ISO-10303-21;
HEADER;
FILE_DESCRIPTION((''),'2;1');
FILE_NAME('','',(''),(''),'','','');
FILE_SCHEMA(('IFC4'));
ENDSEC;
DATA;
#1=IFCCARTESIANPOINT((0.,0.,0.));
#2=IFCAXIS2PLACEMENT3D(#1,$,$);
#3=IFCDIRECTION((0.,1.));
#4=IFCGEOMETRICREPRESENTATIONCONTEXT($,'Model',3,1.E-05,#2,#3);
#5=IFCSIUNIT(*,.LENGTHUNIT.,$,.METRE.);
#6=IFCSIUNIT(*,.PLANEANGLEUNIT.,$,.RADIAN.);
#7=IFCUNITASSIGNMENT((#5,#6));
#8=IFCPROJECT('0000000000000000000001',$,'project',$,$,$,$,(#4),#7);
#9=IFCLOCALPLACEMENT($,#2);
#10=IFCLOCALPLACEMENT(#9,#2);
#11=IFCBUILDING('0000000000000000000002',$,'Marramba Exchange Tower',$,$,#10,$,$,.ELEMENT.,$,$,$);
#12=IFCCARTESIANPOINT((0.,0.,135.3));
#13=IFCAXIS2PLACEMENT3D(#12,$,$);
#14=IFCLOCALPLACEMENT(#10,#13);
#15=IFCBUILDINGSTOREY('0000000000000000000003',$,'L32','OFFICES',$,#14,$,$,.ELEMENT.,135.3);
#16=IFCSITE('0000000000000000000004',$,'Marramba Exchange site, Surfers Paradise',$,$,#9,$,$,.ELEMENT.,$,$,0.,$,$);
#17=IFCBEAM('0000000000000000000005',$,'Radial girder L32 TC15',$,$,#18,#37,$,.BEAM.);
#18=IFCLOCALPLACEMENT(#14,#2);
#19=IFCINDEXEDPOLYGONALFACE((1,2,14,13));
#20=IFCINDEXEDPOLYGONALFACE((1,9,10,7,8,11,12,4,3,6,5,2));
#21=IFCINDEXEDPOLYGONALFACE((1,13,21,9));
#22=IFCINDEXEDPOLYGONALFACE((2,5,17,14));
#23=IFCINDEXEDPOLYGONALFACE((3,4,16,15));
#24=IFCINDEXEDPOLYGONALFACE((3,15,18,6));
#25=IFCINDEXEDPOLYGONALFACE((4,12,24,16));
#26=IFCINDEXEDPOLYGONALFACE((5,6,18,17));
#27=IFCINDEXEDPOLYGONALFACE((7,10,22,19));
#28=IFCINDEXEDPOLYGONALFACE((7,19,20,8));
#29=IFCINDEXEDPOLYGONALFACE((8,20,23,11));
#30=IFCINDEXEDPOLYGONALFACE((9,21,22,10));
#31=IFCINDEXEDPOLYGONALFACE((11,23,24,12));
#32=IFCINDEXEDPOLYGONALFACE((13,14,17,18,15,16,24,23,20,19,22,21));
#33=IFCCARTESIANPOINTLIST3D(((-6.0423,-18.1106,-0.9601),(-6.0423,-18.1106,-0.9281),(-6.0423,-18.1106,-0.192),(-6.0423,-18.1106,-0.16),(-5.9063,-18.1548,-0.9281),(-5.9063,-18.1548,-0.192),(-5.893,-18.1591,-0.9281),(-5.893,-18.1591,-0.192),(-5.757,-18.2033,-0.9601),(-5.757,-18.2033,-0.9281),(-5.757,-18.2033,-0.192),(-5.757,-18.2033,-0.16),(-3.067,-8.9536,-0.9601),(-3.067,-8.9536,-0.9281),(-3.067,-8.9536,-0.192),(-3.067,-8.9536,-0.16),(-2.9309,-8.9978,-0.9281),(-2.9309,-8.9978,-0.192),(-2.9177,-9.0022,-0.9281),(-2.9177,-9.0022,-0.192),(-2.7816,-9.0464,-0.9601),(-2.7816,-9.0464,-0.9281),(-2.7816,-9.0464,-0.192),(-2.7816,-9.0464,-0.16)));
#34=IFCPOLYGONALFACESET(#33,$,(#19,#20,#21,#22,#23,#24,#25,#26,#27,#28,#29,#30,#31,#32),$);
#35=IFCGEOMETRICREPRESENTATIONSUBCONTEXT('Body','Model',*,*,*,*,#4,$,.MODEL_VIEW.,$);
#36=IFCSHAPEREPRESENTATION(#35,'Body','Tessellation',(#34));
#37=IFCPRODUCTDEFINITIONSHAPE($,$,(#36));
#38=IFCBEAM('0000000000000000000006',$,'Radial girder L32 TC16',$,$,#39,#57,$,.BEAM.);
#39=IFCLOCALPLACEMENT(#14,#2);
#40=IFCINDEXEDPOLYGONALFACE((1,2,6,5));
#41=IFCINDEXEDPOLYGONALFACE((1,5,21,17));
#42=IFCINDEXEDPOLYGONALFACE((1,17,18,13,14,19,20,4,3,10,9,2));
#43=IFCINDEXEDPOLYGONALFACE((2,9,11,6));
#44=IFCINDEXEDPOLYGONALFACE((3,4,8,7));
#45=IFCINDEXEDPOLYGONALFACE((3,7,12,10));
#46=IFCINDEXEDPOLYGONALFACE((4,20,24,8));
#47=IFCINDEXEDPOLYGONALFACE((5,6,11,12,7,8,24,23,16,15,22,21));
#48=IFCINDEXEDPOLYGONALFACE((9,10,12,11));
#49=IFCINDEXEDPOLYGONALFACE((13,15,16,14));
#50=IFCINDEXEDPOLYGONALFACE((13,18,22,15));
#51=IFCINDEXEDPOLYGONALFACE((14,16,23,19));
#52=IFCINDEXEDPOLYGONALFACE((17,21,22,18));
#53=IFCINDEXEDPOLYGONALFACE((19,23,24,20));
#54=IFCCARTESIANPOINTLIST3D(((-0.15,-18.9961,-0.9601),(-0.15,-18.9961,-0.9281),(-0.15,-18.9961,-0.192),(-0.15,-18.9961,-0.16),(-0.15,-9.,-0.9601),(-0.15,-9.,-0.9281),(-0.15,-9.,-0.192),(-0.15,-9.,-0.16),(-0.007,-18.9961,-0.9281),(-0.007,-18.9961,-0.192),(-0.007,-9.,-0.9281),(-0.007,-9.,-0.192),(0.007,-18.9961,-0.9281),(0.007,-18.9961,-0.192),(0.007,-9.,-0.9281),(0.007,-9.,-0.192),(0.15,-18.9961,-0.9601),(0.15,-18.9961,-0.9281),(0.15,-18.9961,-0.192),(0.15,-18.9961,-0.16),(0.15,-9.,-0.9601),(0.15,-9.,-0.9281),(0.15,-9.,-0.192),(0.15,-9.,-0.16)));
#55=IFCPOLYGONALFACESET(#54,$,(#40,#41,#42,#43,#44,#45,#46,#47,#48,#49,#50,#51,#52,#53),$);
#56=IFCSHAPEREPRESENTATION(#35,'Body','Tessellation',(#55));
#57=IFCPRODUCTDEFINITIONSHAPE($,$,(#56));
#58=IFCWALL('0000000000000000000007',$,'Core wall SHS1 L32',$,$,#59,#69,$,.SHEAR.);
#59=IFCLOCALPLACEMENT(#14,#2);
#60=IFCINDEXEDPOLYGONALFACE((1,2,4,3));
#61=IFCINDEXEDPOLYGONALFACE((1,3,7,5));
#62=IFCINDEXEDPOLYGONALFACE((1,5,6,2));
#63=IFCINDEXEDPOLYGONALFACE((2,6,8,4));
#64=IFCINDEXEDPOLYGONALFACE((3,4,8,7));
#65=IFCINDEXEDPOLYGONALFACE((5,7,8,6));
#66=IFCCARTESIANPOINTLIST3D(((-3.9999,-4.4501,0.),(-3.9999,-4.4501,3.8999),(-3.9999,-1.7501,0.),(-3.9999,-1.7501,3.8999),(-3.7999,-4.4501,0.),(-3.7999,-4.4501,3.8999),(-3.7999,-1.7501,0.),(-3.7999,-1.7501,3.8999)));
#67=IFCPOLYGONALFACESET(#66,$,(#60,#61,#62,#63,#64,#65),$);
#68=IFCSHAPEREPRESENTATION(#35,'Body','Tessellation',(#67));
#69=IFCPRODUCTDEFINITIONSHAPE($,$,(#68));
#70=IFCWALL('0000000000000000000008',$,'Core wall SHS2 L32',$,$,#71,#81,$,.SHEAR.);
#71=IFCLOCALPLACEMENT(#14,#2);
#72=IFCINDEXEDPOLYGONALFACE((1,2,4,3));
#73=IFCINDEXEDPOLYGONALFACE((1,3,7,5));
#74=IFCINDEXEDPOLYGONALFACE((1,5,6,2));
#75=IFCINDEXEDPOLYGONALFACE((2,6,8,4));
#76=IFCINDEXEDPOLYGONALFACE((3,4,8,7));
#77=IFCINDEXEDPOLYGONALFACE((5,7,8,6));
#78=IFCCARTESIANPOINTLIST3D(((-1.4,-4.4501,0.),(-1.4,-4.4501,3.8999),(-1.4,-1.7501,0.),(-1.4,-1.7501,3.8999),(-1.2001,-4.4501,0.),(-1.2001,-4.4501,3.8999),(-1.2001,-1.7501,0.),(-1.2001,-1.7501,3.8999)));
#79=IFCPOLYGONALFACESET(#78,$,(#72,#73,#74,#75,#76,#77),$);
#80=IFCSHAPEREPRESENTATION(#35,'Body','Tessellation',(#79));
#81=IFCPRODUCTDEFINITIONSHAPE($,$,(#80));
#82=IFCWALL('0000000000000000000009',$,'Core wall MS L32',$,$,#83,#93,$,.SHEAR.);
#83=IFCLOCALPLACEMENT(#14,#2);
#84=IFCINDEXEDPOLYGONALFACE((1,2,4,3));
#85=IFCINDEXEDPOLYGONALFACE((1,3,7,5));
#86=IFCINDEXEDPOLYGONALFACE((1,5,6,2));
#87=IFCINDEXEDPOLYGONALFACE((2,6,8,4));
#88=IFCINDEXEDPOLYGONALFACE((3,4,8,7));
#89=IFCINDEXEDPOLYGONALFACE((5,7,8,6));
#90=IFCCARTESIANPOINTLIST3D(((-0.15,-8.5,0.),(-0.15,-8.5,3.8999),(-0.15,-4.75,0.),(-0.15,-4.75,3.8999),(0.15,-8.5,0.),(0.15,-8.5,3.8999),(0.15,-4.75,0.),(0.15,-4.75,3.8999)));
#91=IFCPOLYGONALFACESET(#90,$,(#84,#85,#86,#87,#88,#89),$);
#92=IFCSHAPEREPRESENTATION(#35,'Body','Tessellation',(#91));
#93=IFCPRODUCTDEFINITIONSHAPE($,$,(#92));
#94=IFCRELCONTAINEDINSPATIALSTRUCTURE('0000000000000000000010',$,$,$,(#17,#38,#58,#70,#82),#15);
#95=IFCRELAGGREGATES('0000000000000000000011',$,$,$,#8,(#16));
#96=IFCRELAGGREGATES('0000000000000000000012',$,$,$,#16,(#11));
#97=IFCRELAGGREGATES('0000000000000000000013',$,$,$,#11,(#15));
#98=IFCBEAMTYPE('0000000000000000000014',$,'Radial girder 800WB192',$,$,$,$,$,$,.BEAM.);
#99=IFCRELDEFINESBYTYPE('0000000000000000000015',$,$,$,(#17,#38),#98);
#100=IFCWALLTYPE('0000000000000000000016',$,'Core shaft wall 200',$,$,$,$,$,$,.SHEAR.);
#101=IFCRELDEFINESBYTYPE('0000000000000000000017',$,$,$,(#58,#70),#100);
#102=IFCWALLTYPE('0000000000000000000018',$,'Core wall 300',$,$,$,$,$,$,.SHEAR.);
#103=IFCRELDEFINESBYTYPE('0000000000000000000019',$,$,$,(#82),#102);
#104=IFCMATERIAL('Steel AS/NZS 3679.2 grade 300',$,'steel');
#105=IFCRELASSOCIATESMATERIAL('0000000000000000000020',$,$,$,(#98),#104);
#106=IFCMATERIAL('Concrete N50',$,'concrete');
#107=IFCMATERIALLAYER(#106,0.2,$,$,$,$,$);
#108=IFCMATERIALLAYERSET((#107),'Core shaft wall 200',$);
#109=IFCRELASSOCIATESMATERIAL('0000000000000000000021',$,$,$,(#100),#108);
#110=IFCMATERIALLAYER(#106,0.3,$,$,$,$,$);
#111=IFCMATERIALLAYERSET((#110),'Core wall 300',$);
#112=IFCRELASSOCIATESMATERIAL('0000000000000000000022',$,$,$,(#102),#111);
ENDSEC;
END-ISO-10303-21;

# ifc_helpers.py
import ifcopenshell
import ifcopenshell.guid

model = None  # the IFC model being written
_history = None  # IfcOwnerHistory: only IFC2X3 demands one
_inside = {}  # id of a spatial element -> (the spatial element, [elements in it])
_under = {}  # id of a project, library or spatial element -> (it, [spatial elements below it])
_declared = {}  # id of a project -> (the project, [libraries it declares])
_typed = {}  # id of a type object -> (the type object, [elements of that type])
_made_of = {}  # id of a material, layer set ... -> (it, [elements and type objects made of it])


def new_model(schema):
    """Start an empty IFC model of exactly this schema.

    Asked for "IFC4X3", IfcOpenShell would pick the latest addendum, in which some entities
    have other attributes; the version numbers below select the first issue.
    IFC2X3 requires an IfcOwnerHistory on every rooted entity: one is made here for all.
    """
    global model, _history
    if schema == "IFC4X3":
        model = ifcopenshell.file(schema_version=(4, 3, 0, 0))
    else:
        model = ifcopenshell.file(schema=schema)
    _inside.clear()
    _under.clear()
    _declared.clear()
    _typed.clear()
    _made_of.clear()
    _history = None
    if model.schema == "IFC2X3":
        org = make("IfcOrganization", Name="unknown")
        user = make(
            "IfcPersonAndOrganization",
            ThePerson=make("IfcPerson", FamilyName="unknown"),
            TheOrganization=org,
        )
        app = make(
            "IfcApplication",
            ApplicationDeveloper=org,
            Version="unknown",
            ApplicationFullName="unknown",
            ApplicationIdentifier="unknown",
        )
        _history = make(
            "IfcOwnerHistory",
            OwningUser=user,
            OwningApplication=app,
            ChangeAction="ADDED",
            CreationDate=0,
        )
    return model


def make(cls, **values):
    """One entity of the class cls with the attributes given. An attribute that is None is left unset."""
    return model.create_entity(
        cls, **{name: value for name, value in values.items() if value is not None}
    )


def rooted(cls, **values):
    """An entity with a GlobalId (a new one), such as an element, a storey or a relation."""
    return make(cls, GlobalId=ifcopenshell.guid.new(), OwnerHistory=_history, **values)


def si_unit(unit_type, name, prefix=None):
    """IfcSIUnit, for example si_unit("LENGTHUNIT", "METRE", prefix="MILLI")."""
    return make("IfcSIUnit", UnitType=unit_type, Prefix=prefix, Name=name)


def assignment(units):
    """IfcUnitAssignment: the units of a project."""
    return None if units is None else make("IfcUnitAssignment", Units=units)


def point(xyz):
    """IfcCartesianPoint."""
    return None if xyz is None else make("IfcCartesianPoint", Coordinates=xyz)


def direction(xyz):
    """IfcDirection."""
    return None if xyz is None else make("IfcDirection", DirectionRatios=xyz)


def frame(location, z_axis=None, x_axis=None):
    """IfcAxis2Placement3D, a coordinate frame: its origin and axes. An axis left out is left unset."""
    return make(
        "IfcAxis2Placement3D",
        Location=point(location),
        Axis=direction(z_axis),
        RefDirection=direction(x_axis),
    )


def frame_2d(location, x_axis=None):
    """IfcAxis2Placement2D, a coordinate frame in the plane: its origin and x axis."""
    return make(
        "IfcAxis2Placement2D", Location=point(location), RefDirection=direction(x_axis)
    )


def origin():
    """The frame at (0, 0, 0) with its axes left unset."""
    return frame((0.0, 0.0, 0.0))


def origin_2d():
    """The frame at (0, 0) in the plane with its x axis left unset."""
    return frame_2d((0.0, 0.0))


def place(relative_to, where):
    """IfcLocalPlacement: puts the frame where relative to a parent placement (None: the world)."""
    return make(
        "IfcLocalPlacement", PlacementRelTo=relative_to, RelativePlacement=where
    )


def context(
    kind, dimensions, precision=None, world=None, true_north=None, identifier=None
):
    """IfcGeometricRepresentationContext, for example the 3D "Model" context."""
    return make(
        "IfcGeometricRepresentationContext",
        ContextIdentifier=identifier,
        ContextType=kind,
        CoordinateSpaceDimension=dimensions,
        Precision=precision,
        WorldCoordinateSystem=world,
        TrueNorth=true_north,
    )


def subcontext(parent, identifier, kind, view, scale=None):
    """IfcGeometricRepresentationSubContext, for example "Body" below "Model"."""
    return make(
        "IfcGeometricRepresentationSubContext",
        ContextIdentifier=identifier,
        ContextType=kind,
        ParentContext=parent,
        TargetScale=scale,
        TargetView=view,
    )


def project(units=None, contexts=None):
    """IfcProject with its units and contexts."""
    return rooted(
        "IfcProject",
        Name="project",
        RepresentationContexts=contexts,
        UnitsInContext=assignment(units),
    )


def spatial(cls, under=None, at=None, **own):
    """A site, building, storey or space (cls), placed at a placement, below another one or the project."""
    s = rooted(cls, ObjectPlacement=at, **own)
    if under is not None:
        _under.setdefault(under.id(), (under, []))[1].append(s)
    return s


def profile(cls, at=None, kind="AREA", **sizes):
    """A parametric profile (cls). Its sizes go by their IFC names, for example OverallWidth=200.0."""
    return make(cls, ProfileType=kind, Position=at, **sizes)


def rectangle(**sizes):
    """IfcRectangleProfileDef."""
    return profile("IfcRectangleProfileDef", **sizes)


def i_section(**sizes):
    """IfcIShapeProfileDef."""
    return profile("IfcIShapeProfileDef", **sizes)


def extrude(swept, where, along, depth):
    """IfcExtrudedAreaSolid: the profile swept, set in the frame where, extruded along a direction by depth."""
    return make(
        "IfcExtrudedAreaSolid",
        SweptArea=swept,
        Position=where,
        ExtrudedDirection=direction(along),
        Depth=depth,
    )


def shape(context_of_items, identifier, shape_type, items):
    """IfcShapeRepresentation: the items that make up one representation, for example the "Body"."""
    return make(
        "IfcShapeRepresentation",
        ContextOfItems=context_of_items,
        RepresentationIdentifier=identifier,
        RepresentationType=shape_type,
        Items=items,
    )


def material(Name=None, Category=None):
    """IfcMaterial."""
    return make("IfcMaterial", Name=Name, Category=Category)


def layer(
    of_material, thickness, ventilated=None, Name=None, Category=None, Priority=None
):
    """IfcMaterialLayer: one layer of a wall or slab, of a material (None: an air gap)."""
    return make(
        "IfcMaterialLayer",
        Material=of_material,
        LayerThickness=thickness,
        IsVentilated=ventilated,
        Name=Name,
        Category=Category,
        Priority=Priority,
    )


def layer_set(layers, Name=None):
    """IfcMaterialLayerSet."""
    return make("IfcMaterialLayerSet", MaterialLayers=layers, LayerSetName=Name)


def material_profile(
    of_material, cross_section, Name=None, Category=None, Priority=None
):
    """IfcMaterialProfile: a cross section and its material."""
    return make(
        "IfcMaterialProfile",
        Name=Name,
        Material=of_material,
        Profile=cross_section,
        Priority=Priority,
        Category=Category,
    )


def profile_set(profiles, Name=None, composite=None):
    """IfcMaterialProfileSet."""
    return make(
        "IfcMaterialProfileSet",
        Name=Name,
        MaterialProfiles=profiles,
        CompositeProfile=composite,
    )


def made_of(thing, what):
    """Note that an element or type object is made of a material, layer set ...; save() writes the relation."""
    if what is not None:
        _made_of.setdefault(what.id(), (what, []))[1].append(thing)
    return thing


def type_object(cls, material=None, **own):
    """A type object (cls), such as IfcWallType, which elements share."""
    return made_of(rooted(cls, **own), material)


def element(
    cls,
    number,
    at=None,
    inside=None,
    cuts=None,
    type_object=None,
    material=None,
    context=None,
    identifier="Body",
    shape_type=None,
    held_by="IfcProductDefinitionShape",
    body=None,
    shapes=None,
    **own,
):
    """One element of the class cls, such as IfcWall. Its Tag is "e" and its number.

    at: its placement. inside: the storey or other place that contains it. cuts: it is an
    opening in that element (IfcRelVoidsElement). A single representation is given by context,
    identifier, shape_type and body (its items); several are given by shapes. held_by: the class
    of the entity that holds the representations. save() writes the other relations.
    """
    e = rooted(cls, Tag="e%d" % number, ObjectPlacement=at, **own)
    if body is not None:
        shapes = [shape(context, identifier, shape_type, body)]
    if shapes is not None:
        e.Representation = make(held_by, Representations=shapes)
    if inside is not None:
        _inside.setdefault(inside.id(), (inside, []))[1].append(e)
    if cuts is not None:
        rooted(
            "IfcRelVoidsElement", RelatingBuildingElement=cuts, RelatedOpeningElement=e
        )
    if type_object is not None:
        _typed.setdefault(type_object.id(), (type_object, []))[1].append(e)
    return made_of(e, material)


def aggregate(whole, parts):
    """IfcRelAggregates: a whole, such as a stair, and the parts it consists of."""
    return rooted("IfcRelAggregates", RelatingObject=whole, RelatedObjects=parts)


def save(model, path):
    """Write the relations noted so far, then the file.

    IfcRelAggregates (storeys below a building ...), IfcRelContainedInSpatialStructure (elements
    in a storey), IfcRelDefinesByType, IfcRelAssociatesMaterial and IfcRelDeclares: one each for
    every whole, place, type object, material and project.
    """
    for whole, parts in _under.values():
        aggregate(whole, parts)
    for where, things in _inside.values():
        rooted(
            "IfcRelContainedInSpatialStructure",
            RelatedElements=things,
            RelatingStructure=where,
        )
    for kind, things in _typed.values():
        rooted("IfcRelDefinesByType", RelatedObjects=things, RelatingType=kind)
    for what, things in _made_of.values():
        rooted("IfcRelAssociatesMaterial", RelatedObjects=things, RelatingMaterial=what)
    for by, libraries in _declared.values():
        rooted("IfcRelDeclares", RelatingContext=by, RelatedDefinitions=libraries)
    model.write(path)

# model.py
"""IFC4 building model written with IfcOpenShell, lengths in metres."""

from ifc_helpers import new_model, si_unit, direction, frame, frame_2d, origin, origin_2d, place, context, subcontext, project, spatial, rectangle, i_section, extrude, material, layer, layer_set, material_profile, profile_set, type_object, element, save


model = new_model("IFC4")

# Units and contexts
model_context = context("Model", 3, precision=1e-05, world=origin(), true_north=direction((0.0, 1.0)))
body_context = subcontext(model_context, "Body", "Model", "MODEL_VIEW")
ifc_project = project(units=[si_unit("LENGTHUNIT", "METRE"), si_unit("PLANEANGLEUNIT", "RADIAN")], contexts=[model_context])

# Site, building, storey
site_placement = place(None, origin())
site = spatial("IfcSite", under=ifc_project, at=site_placement, Name="Marramba Exchange site, Surfers Paradise", CompositionType="ELEMENT", RefElevation=0.0)
building_placement = place(site_placement, origin())
building = spatial("IfcBuilding", under=site, at=building_placement, Name="Marramba Exchange Tower", CompositionType="ELEMENT")
storey_placement = place(building_placement, frame((0.0, 0.0, 135.3)))
storey = spatial("IfcBuildingStorey", under=building, at=storey_placement, Name="L32", Description="OFFICES", CompositionType="ELEMENT", Elevation=135.3)

# Beams
ifc_material_1 = material(Name="Steel AS/NZS 3679.2 grade 300", Category="steel")
ifc_material_profile = material_profile(ifc_material_1, i_section(OverallWidth=0.3, OverallDepth=0.8, WebThickness=0.0139, FlangeThickness=0.032, at=origin_2d()), Name="800WB192")
ifc_profile_set = profile_set([ifc_material_profile], Name="Steel AS/NZS 3679.2 grade 300")
beam_type = type_object("IfcBeamType", Name="Radial girder 800WB192", PredefinedType="BEAM", material=ifc_profile_set)
beam_1_placement = place(storey_placement, frame((-2.9243, -9.0, -0.5601), z_axis=(-0.309022, -0.951055, 0.0), x_axis=(0.951055, -0.309022, 0.0)))
element("IfcBeam", 1, at=beam_1_placement, inside=storey, type_object=beam_type, Name="Radial girder L32 TC15", PredefinedType="BEAM", context=body_context, shape_type="SweptSolid", body=[
    extrude(i_section(OverallWidth=0.3, OverallDepth=0.8, WebThickness=0.0139, FlangeThickness=0.032, at=origin_2d()), origin(), (0.0, 0.0, 1.0), 9.6282),
])
beam_2_placement = place(storey_placement, frame((0.0, -9.0, -0.5601), z_axis=(0.0, -1.0, 0.0), x_axis=(1.0, 0.0, 0.0)))
element("IfcBeam", 2, at=beam_2_placement, inside=storey, type_object=beam_type, Name="Radial girder L32 TC16", PredefinedType="BEAM", context=body_context, shape_type="SweptSolid", body=[
    extrude(i_section(OverallWidth=0.3, OverallDepth=0.8, WebThickness=0.0139, FlangeThickness=0.032, at=origin_2d()), origin(), (0.0, 0.0, 1.0), 9.9961),
])

# Walls
ifc_material_2 = material(Name="Concrete N50", Category="concrete")
ifc_layer_1 = layer(ifc_material_2, 0.2)
ifc_layer_set_1 = layer_set([ifc_layer_1], Name="Core shaft wall 200")
wall_type_1 = type_object("IfcWallType", Name="Core shaft wall 200", PredefinedType="SHEAR", material=ifc_layer_set_1)
for number, where, z_axis, x_axis, name in (
    (3, (-3.8999, -1.75, 0.0), (0.0, 0.0, 1.0), (0.0, -1.0, 0.0), "Core wall SHS1 L32"),
    (4, (-1.3, -1.75, 0.0), (0.0, 0.0, 1.0), (0.0, -1.0, 0.0), "Core wall SHS2 L32"),
):
    element("IfcWall", number, at=place(storey_placement, frame(where, z_axis=z_axis, x_axis=x_axis)), inside=storey, type_object=wall_type_1, Name=name, PredefinedType="SHEAR", context=body_context, shape_type="SweptSolid", body=[
        extrude(rectangle(XDim=2.7, YDim=0.2, at=frame_2d((1.3501, 0.0))), origin(), (0.0, 0.0, 1.0), 3.8999),
    ])
ifc_layer_2 = layer(ifc_material_2, 0.3)
ifc_layer_set_2 = layer_set([ifc_layer_2], Name="Core wall 300")
wall_type_2 = type_object("IfcWallType", Name="Core wall 300", PredefinedType="SHEAR", material=ifc_layer_set_2)
wall_placement = place(storey_placement, frame((0.0, -4.75, 0.0), z_axis=(0.0, 0.0, 1.0), x_axis=(0.0, -1.0, 0.0)))
element("IfcWall", 5, at=wall_placement, inside=storey, type_object=wall_type_2, Name="Core wall MS L32", PredefinedType="SHEAR", context=body_context, shape_type="SweptSolid", body=[
    extrude(rectangle(XDim=3.75, YDim=0.3, at=frame_2d((1.875, 0.0))), origin(), (0.0, 0.0, 1.0), 3.8999),
])

save(model, "model.ifc")
